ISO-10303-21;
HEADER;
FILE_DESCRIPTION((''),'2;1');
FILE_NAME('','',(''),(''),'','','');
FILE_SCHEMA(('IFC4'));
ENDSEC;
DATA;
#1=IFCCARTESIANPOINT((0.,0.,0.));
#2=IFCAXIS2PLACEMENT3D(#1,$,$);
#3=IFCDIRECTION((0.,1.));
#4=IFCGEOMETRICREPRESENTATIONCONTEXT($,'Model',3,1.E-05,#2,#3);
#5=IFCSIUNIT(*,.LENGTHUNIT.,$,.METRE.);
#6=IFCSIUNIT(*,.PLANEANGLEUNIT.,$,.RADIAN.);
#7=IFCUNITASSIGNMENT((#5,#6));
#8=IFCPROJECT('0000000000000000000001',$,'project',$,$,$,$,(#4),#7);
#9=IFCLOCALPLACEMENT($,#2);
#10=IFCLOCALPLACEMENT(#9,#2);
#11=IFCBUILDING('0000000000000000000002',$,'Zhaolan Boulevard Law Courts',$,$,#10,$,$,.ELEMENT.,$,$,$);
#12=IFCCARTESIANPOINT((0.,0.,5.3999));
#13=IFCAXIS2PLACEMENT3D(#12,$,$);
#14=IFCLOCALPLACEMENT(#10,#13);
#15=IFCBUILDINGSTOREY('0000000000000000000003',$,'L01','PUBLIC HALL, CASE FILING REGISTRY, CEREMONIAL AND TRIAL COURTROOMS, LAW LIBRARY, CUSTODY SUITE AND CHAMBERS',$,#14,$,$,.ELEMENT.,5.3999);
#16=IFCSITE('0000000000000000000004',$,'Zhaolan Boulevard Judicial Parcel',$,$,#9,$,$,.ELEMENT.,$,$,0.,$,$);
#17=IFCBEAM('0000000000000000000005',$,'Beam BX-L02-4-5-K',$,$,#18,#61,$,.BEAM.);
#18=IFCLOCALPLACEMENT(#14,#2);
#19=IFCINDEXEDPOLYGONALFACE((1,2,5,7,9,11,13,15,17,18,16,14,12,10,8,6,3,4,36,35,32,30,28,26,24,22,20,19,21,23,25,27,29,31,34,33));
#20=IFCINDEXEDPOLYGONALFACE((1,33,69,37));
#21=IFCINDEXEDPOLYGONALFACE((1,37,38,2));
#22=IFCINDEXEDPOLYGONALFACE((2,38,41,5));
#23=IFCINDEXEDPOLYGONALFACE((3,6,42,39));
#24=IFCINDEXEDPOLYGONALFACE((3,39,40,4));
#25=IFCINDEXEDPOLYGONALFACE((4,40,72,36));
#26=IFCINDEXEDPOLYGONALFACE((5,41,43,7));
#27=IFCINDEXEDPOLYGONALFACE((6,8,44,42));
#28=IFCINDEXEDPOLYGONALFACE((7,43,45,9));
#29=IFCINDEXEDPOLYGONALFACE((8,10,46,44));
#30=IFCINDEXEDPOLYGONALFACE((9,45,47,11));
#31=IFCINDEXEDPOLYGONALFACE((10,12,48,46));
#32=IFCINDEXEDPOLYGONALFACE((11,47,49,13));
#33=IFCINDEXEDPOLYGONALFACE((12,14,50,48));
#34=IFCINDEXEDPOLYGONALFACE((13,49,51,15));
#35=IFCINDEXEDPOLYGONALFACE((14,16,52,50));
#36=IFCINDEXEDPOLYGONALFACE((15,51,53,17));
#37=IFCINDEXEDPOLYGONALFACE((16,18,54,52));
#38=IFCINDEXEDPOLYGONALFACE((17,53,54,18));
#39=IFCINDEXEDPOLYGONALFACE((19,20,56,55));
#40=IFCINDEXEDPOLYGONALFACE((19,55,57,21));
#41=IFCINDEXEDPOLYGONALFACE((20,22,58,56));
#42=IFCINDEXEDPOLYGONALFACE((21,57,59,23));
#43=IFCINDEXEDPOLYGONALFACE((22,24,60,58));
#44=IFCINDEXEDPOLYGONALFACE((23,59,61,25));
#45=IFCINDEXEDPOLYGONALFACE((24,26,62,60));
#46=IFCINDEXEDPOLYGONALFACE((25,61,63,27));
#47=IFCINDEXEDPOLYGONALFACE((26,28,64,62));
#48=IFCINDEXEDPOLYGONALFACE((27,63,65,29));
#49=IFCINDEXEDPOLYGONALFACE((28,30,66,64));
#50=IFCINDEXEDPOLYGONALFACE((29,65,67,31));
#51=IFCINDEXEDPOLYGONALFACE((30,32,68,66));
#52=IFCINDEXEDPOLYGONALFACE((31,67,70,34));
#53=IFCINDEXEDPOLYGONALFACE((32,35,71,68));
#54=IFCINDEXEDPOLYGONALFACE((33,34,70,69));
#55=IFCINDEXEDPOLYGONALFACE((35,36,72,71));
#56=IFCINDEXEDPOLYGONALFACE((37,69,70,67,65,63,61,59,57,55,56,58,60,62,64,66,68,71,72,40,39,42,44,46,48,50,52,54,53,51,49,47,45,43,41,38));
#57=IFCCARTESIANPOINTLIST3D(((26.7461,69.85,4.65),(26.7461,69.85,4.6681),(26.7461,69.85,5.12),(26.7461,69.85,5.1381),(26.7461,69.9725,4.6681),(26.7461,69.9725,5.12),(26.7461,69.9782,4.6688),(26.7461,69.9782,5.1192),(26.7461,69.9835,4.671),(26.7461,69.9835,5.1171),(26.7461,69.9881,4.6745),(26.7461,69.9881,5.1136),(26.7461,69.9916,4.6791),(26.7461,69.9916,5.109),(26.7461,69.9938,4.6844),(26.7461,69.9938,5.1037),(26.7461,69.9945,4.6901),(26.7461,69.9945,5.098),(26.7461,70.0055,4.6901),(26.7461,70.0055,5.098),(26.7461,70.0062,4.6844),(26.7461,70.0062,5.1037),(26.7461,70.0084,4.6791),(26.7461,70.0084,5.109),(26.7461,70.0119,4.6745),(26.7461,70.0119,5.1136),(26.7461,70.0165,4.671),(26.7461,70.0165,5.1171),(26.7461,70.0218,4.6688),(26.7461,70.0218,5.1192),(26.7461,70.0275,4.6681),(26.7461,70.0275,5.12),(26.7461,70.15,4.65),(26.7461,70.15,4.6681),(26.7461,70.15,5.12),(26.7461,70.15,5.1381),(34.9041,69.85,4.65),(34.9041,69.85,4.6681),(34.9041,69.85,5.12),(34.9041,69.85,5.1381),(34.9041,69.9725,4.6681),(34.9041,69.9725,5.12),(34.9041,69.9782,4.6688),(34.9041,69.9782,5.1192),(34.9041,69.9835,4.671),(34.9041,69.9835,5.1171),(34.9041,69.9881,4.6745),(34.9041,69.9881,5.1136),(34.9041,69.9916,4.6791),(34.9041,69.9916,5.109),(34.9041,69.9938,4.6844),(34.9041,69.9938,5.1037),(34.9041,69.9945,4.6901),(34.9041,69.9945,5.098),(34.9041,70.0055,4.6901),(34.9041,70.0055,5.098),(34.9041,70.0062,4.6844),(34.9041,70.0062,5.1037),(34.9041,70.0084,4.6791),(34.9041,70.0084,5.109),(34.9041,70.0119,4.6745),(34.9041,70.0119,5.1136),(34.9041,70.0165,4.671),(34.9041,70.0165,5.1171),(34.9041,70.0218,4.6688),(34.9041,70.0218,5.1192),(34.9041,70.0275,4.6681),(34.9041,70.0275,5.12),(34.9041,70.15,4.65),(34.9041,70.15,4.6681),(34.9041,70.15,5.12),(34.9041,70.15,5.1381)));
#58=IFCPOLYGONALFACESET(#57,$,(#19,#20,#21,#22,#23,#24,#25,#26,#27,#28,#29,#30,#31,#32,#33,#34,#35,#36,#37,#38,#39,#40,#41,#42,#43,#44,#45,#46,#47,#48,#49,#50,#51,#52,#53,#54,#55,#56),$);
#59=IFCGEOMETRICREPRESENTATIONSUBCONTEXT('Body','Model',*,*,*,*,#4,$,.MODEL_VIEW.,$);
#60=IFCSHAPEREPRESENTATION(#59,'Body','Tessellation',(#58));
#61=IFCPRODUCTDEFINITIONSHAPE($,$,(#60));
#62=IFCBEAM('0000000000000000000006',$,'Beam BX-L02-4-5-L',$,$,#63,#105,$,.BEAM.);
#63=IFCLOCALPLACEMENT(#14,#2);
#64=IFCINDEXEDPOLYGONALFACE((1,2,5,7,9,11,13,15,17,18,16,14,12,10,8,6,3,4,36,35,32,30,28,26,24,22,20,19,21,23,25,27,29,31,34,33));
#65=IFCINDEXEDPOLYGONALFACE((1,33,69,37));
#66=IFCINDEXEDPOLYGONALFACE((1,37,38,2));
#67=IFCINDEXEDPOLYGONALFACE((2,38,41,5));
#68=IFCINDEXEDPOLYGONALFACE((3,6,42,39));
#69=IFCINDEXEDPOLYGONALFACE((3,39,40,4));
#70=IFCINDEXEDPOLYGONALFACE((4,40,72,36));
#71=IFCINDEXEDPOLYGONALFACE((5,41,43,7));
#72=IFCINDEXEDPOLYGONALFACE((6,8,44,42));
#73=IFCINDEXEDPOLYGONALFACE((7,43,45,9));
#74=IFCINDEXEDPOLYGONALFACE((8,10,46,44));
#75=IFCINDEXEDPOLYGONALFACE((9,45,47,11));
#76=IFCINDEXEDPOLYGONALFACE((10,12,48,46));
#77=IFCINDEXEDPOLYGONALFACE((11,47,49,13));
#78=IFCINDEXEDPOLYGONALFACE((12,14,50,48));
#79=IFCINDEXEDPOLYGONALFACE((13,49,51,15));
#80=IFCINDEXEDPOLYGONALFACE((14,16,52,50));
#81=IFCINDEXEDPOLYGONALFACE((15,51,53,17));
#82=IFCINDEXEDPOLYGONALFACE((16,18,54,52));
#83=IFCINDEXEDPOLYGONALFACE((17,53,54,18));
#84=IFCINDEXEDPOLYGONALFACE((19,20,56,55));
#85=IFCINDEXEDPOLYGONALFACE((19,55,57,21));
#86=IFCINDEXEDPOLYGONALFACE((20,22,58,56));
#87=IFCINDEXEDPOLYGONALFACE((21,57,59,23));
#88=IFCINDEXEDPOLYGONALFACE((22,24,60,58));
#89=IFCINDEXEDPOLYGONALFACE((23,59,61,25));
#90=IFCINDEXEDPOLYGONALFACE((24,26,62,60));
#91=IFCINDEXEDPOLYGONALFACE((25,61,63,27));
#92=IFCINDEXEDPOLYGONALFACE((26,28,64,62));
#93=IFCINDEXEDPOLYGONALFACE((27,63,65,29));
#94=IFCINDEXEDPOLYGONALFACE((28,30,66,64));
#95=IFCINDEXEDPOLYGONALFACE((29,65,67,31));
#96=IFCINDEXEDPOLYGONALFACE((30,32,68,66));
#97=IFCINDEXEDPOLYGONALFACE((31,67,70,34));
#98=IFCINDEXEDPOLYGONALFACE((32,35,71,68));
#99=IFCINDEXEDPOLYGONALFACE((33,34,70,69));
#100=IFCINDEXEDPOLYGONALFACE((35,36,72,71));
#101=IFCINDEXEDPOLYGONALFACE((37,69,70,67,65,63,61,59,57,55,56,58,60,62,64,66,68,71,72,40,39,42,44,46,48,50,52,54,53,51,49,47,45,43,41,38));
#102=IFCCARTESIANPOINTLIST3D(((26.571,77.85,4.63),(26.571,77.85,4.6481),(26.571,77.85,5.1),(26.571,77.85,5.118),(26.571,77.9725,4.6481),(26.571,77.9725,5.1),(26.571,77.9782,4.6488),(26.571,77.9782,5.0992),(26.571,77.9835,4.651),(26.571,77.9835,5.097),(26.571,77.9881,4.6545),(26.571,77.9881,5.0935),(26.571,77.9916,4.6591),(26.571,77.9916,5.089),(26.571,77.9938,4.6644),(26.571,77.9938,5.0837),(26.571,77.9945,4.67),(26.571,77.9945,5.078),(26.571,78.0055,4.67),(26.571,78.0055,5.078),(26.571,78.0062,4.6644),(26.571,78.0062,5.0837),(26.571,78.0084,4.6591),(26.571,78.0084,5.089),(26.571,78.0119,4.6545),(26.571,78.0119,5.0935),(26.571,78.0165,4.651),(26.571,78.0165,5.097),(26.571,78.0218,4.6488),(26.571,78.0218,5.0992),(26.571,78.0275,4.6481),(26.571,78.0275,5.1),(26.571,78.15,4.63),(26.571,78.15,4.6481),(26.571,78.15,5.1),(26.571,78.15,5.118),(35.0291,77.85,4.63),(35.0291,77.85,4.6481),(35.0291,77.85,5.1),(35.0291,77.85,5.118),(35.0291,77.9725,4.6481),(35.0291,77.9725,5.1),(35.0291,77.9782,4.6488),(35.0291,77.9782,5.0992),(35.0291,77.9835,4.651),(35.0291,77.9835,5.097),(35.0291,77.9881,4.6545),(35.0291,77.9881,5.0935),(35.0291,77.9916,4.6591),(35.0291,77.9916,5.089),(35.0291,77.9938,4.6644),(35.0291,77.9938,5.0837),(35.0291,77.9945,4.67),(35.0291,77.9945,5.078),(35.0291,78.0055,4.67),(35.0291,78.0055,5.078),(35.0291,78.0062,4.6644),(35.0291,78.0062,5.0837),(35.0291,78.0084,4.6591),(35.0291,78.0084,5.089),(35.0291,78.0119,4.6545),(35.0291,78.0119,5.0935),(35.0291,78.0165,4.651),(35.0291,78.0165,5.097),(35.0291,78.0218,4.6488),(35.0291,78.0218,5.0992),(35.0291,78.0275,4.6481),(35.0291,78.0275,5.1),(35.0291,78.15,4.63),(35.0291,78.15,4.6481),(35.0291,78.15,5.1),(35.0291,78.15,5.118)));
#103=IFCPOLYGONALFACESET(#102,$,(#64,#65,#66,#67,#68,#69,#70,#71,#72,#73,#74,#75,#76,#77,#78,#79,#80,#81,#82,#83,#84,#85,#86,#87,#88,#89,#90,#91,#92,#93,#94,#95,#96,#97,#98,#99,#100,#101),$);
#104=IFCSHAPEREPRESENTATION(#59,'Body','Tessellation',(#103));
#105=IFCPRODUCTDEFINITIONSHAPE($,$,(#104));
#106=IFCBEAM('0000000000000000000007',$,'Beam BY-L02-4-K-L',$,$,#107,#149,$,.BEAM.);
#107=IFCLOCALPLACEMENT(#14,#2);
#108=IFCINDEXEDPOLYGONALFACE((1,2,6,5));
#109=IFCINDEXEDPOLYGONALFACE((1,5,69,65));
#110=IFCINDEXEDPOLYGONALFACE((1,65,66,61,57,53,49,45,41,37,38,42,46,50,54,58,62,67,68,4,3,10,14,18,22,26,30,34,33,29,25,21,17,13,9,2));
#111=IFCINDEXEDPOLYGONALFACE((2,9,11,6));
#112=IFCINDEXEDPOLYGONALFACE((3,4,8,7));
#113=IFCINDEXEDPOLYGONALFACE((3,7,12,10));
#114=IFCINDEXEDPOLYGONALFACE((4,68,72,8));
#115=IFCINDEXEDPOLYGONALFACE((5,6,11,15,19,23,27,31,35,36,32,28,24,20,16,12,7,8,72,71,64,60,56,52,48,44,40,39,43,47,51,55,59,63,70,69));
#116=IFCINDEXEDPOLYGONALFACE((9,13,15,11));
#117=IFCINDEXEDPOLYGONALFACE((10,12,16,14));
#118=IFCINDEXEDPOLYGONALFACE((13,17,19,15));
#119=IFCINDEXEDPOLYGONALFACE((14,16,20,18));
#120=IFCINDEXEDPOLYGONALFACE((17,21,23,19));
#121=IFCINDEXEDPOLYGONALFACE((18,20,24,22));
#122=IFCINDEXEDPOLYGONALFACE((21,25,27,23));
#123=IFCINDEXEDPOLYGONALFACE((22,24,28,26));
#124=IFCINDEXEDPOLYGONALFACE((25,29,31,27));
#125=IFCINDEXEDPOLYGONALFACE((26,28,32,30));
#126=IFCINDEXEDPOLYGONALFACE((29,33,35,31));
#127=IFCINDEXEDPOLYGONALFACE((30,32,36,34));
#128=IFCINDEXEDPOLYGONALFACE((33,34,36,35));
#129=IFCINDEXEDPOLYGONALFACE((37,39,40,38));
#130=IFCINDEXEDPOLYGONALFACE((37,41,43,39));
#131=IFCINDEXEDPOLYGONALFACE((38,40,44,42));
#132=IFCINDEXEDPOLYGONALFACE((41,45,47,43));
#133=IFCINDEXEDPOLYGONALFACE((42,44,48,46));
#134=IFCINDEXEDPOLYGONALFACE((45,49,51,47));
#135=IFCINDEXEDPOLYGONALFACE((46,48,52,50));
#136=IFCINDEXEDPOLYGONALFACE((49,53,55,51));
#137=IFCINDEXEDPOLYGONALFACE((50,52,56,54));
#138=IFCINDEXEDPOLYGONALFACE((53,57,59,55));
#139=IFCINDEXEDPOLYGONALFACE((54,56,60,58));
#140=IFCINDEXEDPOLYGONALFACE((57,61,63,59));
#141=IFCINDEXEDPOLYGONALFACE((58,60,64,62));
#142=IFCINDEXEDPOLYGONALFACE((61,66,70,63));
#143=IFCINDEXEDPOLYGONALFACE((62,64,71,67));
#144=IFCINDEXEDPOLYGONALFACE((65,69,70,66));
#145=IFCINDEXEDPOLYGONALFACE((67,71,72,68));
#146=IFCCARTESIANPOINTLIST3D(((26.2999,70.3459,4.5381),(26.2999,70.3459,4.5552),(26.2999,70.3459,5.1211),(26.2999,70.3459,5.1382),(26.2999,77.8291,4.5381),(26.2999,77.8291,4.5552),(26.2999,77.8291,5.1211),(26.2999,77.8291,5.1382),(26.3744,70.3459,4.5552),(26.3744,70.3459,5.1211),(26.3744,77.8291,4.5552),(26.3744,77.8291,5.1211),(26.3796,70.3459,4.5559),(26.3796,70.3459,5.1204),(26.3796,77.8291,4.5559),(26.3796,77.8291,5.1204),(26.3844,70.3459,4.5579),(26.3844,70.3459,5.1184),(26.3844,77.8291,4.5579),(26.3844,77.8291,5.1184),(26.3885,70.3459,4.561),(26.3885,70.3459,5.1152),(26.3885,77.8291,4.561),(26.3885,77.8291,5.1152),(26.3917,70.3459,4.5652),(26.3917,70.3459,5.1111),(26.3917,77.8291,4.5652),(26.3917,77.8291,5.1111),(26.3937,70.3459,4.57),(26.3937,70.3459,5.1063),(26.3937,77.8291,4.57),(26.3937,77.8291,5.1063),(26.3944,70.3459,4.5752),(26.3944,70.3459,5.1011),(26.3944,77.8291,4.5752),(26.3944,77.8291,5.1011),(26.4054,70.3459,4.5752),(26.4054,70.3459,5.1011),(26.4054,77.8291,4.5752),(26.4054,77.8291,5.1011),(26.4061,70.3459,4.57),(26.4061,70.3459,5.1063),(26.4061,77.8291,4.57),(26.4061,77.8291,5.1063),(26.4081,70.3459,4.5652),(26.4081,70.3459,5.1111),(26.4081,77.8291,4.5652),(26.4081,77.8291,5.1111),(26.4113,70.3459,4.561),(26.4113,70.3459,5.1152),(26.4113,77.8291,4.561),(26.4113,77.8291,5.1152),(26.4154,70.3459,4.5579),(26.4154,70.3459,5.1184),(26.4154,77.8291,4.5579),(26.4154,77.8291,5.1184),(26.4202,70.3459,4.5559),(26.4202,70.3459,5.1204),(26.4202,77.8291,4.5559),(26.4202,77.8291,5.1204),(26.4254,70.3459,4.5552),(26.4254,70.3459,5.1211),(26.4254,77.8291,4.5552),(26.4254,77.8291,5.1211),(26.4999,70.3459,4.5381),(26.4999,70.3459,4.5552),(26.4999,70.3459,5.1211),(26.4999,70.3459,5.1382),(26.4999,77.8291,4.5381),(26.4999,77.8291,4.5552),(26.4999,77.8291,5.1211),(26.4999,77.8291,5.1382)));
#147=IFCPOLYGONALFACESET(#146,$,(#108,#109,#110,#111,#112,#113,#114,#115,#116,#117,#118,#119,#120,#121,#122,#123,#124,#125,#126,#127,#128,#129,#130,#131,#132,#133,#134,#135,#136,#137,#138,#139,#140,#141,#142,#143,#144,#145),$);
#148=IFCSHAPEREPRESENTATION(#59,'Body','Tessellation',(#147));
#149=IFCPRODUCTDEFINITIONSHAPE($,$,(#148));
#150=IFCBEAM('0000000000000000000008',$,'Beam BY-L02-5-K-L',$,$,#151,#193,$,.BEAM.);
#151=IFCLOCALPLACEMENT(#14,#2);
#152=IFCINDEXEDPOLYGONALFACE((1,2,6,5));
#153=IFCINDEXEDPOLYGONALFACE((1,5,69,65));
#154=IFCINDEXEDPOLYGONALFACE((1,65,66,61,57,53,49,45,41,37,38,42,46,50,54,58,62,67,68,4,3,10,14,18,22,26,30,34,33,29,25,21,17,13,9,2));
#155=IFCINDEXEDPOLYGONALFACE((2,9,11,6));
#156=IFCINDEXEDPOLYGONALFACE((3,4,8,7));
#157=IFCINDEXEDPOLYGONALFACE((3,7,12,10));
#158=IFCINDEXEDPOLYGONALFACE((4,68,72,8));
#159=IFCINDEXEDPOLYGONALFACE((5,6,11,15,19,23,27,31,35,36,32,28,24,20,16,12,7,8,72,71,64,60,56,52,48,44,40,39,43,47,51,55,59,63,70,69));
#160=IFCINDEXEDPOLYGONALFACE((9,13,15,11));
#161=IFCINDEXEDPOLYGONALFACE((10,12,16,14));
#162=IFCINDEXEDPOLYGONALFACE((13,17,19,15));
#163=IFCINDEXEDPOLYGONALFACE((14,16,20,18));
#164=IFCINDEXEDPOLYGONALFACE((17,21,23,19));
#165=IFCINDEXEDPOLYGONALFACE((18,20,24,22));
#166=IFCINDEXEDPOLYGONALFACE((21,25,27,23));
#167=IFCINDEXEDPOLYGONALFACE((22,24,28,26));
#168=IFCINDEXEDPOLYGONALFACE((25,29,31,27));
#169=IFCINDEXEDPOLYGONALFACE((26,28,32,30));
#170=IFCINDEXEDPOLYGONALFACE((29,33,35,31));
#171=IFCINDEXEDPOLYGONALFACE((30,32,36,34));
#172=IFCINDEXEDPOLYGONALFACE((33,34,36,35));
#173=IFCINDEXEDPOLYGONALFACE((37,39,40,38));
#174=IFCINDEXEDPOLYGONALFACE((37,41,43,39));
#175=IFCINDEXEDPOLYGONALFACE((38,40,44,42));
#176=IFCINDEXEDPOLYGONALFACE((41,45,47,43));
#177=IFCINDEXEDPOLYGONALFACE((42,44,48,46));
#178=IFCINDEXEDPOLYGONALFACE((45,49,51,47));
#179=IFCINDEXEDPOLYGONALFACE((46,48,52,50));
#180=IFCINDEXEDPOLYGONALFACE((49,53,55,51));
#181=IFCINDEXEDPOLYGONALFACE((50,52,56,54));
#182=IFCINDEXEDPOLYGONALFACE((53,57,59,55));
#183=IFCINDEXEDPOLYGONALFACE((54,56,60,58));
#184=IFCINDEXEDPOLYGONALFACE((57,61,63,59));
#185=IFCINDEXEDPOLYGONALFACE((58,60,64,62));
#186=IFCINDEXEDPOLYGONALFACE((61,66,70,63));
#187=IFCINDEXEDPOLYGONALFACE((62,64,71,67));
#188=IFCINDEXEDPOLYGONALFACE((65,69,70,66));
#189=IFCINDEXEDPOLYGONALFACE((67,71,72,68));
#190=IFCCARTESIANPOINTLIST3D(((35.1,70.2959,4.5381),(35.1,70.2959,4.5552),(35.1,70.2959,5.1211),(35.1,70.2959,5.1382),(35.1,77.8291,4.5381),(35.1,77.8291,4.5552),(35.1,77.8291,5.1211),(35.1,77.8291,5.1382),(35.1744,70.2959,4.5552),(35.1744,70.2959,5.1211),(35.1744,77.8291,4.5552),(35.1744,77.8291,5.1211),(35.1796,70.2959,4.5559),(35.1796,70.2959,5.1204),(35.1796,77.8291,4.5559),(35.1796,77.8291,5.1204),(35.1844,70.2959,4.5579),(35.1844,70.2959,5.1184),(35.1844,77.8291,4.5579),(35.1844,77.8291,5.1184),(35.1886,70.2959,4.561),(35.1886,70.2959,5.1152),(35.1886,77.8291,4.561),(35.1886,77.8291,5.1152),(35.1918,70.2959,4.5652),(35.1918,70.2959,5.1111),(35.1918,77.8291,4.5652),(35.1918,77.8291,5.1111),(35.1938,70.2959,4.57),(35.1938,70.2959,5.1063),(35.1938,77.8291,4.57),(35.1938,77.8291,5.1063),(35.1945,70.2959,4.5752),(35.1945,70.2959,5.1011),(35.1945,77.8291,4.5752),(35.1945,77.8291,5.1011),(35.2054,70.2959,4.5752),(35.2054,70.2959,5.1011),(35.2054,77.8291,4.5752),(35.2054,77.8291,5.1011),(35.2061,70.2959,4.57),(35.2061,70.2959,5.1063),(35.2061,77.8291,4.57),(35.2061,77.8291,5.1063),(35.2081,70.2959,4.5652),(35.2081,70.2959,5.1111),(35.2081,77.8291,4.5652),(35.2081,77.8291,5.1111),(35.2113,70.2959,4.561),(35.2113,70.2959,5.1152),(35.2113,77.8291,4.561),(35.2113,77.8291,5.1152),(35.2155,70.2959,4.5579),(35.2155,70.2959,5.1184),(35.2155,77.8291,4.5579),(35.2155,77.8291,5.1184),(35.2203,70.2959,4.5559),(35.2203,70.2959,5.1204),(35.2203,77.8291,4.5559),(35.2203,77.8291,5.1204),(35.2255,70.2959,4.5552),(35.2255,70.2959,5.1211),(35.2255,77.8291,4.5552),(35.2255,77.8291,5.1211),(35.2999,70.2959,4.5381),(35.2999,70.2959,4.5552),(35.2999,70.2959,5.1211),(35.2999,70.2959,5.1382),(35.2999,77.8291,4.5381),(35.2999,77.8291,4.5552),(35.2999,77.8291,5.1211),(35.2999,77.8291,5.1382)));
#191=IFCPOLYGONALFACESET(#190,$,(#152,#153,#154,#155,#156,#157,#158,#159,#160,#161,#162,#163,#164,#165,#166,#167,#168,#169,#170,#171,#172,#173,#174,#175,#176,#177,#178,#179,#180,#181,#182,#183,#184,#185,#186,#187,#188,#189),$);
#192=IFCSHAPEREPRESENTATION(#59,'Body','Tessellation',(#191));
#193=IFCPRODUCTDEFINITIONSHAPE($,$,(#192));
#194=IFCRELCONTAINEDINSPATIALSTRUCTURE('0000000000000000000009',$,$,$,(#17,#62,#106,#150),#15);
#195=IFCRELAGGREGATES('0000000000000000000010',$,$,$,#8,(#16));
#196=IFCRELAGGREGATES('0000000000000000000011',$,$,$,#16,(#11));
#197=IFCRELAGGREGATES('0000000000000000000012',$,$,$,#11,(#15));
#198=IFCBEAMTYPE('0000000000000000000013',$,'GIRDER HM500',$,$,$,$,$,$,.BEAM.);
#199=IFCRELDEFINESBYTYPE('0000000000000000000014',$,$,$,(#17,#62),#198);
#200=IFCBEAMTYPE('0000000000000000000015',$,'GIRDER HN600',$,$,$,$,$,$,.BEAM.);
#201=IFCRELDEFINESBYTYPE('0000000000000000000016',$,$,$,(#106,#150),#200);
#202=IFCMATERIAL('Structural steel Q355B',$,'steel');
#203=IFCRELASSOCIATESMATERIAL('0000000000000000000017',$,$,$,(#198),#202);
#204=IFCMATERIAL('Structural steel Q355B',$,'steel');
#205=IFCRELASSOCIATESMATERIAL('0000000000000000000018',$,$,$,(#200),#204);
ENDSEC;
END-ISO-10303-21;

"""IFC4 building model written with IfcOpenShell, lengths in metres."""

from ifc_helpers import new_model, si_unit, direction, frame, origin, origin_2d, place, context, subcontext, project, spatial, i_section, extrude, material, material_profile, profile_set, type_object, element, save


model = new_model("IFC4")

# Units and contexts
model_context = context("Model", 3, precision=1e-05, world=origin(), true_north=direction((0.0, 1.0)))
body_context = subcontext(model_context, "Body", "Model", "MODEL_VIEW")
ifc_project = project(units=[si_unit("LENGTHUNIT", "METRE"), si_unit("PLANEANGLEUNIT", "RADIAN")], contexts=[model_context])

# Site, building, storey
site_placement = place(None, origin())
site = spatial("IfcSite", under=ifc_project, at=site_placement, Name="Zhaolan Boulevard Judicial Parcel", CompositionType="ELEMENT", RefElevation=0.0)
building_placement = place(site_placement, origin())
building = spatial("IfcBuilding", under=site, at=building_placement, Name="Zhaolan Boulevard Law Courts", CompositionType="ELEMENT")
storey_placement = place(building_placement, frame((0.0, 0.0, 5.3999)))
storey = spatial("IfcBuildingStorey", under=building, at=storey_placement, Name="L01", Description="PUBLIC HALL, CASE FILING REGISTRY, CEREMONIAL AND TRIAL COURTROOMS, LAW LIBRARY, CUSTODY SUITE AND CHAMBERS", CompositionType="ELEMENT", Elevation=5.3999)

# Beams
ifc_material_1 = material(Name="Structural steel Q355B", Category="steel")
ifc_material_profile_1 = material_profile(ifc_material_1, i_section(OverallWidth=0.3, OverallDepth=0.488, WebThickness=0.011, FlangeThickness=0.0181, FilletRadius=0.022, at=origin_2d()), Name="HM488x300")
ifc_profile_set_1 = profile_set([ifc_material_profile_1], Name="Structural steel Q355B")
beam_type_1 = type_object("IfcBeamType", Name="GIRDER HM500", PredefinedType="BEAM", material=ifc_profile_set_1)
beam_1_placement = place(storey_placement, frame((26.7461, 70.0, 4.894), z_axis=(1.0, 0.0, 0.0), x_axis=(0.0, 1.0, 0.0)))
element("IfcBeam", 1, at=beam_1_placement, inside=storey, type_object=beam_type_1, Name="Beam BX-L02-4-5-K", PredefinedType="BEAM", context=body_context, shape_type="SweptSolid", body=[
    extrude(i_section(OverallWidth=0.3, OverallDepth=0.488, WebThickness=0.011, FlangeThickness=0.0181, FilletRadius=0.022, at=origin_2d()), origin(), (0.0, 0.0, 1.0), 8.158),
])
beam_2_placement = place(storey_placement, frame((26.571, 78.0, 4.874), z_axis=(1.0, 0.0, 0.0), x_axis=(0.0, 1.0, 0.0)))
element("IfcBeam", 2, at=beam_2_placement, inside=storey, type_object=beam_type_1, Name="Beam BX-L02-4-5-L", PredefinedType="BEAM", context=body_context, shape_type="SweptSolid", body=[
    extrude(i_section(OverallWidth=0.3, OverallDepth=0.488, WebThickness=0.011, FlangeThickness=0.0181, FilletRadius=0.022, at=origin_2d()), origin(), (0.0, 0.0, 1.0), 8.458),
])
ifc_material_2 = material(Name="Structural steel Q355B", Category="steel")
ifc_material_profile_2 = material_profile(ifc_material_2, i_section(OverallWidth=0.2, OverallDepth=0.6001, WebThickness=0.011, FlangeThickness=0.0171, FilletRadius=0.02, at=origin_2d()), Name="HN600x200")
ifc_profile_set_2 = profile_set([ifc_material_profile_2], Name="Structural steel Q355B")
beam_type_2 = type_object("IfcBeamType", Name="GIRDER HN600", PredefinedType="BEAM", material=ifc_profile_set_2)
beam_3_placement = place(storey_placement, frame((26.3999, 70.3459, 4.8381), z_axis=(0.0, 1.0, 0.0), x_axis=(-1.0, 0.0, 0.0)))
element("IfcBeam", 3, at=beam_3_placement, inside=storey, type_object=beam_type_2, Name="Beam BY-L02-4-K-L", PredefinedType="BEAM", context=body_context, shape_type="SweptSolid", body=[
    extrude(i_section(OverallWidth=0.2, OverallDepth=0.6001, WebThickness=0.011, FlangeThickness=0.0171, FilletRadius=0.02, at=origin_2d()), origin(), (0.0, 0.0, 1.0), 7.4832),
])
beam_4_placement = place(storey_placement, frame((35.2, 70.2959, 4.8381), z_axis=(0.0, 1.0, 0.0), x_axis=(-1.0, 0.0, 0.0)))
element("IfcBeam", 4, at=beam_4_placement, inside=storey, type_object=beam_type_2, Name="Beam BY-L02-5-K-L", PredefinedType="BEAM", context=body_context, shape_type="SweptSolid", body=[
    extrude(i_section(OverallWidth=0.2, OverallDepth=0.6001, WebThickness=0.011, FlangeThickness=0.0171, FilletRadius=0.02, at=origin_2d()), origin(), (0.0, 0.0, 1.0), 7.5332),
])

save(model, "model.ifc")
